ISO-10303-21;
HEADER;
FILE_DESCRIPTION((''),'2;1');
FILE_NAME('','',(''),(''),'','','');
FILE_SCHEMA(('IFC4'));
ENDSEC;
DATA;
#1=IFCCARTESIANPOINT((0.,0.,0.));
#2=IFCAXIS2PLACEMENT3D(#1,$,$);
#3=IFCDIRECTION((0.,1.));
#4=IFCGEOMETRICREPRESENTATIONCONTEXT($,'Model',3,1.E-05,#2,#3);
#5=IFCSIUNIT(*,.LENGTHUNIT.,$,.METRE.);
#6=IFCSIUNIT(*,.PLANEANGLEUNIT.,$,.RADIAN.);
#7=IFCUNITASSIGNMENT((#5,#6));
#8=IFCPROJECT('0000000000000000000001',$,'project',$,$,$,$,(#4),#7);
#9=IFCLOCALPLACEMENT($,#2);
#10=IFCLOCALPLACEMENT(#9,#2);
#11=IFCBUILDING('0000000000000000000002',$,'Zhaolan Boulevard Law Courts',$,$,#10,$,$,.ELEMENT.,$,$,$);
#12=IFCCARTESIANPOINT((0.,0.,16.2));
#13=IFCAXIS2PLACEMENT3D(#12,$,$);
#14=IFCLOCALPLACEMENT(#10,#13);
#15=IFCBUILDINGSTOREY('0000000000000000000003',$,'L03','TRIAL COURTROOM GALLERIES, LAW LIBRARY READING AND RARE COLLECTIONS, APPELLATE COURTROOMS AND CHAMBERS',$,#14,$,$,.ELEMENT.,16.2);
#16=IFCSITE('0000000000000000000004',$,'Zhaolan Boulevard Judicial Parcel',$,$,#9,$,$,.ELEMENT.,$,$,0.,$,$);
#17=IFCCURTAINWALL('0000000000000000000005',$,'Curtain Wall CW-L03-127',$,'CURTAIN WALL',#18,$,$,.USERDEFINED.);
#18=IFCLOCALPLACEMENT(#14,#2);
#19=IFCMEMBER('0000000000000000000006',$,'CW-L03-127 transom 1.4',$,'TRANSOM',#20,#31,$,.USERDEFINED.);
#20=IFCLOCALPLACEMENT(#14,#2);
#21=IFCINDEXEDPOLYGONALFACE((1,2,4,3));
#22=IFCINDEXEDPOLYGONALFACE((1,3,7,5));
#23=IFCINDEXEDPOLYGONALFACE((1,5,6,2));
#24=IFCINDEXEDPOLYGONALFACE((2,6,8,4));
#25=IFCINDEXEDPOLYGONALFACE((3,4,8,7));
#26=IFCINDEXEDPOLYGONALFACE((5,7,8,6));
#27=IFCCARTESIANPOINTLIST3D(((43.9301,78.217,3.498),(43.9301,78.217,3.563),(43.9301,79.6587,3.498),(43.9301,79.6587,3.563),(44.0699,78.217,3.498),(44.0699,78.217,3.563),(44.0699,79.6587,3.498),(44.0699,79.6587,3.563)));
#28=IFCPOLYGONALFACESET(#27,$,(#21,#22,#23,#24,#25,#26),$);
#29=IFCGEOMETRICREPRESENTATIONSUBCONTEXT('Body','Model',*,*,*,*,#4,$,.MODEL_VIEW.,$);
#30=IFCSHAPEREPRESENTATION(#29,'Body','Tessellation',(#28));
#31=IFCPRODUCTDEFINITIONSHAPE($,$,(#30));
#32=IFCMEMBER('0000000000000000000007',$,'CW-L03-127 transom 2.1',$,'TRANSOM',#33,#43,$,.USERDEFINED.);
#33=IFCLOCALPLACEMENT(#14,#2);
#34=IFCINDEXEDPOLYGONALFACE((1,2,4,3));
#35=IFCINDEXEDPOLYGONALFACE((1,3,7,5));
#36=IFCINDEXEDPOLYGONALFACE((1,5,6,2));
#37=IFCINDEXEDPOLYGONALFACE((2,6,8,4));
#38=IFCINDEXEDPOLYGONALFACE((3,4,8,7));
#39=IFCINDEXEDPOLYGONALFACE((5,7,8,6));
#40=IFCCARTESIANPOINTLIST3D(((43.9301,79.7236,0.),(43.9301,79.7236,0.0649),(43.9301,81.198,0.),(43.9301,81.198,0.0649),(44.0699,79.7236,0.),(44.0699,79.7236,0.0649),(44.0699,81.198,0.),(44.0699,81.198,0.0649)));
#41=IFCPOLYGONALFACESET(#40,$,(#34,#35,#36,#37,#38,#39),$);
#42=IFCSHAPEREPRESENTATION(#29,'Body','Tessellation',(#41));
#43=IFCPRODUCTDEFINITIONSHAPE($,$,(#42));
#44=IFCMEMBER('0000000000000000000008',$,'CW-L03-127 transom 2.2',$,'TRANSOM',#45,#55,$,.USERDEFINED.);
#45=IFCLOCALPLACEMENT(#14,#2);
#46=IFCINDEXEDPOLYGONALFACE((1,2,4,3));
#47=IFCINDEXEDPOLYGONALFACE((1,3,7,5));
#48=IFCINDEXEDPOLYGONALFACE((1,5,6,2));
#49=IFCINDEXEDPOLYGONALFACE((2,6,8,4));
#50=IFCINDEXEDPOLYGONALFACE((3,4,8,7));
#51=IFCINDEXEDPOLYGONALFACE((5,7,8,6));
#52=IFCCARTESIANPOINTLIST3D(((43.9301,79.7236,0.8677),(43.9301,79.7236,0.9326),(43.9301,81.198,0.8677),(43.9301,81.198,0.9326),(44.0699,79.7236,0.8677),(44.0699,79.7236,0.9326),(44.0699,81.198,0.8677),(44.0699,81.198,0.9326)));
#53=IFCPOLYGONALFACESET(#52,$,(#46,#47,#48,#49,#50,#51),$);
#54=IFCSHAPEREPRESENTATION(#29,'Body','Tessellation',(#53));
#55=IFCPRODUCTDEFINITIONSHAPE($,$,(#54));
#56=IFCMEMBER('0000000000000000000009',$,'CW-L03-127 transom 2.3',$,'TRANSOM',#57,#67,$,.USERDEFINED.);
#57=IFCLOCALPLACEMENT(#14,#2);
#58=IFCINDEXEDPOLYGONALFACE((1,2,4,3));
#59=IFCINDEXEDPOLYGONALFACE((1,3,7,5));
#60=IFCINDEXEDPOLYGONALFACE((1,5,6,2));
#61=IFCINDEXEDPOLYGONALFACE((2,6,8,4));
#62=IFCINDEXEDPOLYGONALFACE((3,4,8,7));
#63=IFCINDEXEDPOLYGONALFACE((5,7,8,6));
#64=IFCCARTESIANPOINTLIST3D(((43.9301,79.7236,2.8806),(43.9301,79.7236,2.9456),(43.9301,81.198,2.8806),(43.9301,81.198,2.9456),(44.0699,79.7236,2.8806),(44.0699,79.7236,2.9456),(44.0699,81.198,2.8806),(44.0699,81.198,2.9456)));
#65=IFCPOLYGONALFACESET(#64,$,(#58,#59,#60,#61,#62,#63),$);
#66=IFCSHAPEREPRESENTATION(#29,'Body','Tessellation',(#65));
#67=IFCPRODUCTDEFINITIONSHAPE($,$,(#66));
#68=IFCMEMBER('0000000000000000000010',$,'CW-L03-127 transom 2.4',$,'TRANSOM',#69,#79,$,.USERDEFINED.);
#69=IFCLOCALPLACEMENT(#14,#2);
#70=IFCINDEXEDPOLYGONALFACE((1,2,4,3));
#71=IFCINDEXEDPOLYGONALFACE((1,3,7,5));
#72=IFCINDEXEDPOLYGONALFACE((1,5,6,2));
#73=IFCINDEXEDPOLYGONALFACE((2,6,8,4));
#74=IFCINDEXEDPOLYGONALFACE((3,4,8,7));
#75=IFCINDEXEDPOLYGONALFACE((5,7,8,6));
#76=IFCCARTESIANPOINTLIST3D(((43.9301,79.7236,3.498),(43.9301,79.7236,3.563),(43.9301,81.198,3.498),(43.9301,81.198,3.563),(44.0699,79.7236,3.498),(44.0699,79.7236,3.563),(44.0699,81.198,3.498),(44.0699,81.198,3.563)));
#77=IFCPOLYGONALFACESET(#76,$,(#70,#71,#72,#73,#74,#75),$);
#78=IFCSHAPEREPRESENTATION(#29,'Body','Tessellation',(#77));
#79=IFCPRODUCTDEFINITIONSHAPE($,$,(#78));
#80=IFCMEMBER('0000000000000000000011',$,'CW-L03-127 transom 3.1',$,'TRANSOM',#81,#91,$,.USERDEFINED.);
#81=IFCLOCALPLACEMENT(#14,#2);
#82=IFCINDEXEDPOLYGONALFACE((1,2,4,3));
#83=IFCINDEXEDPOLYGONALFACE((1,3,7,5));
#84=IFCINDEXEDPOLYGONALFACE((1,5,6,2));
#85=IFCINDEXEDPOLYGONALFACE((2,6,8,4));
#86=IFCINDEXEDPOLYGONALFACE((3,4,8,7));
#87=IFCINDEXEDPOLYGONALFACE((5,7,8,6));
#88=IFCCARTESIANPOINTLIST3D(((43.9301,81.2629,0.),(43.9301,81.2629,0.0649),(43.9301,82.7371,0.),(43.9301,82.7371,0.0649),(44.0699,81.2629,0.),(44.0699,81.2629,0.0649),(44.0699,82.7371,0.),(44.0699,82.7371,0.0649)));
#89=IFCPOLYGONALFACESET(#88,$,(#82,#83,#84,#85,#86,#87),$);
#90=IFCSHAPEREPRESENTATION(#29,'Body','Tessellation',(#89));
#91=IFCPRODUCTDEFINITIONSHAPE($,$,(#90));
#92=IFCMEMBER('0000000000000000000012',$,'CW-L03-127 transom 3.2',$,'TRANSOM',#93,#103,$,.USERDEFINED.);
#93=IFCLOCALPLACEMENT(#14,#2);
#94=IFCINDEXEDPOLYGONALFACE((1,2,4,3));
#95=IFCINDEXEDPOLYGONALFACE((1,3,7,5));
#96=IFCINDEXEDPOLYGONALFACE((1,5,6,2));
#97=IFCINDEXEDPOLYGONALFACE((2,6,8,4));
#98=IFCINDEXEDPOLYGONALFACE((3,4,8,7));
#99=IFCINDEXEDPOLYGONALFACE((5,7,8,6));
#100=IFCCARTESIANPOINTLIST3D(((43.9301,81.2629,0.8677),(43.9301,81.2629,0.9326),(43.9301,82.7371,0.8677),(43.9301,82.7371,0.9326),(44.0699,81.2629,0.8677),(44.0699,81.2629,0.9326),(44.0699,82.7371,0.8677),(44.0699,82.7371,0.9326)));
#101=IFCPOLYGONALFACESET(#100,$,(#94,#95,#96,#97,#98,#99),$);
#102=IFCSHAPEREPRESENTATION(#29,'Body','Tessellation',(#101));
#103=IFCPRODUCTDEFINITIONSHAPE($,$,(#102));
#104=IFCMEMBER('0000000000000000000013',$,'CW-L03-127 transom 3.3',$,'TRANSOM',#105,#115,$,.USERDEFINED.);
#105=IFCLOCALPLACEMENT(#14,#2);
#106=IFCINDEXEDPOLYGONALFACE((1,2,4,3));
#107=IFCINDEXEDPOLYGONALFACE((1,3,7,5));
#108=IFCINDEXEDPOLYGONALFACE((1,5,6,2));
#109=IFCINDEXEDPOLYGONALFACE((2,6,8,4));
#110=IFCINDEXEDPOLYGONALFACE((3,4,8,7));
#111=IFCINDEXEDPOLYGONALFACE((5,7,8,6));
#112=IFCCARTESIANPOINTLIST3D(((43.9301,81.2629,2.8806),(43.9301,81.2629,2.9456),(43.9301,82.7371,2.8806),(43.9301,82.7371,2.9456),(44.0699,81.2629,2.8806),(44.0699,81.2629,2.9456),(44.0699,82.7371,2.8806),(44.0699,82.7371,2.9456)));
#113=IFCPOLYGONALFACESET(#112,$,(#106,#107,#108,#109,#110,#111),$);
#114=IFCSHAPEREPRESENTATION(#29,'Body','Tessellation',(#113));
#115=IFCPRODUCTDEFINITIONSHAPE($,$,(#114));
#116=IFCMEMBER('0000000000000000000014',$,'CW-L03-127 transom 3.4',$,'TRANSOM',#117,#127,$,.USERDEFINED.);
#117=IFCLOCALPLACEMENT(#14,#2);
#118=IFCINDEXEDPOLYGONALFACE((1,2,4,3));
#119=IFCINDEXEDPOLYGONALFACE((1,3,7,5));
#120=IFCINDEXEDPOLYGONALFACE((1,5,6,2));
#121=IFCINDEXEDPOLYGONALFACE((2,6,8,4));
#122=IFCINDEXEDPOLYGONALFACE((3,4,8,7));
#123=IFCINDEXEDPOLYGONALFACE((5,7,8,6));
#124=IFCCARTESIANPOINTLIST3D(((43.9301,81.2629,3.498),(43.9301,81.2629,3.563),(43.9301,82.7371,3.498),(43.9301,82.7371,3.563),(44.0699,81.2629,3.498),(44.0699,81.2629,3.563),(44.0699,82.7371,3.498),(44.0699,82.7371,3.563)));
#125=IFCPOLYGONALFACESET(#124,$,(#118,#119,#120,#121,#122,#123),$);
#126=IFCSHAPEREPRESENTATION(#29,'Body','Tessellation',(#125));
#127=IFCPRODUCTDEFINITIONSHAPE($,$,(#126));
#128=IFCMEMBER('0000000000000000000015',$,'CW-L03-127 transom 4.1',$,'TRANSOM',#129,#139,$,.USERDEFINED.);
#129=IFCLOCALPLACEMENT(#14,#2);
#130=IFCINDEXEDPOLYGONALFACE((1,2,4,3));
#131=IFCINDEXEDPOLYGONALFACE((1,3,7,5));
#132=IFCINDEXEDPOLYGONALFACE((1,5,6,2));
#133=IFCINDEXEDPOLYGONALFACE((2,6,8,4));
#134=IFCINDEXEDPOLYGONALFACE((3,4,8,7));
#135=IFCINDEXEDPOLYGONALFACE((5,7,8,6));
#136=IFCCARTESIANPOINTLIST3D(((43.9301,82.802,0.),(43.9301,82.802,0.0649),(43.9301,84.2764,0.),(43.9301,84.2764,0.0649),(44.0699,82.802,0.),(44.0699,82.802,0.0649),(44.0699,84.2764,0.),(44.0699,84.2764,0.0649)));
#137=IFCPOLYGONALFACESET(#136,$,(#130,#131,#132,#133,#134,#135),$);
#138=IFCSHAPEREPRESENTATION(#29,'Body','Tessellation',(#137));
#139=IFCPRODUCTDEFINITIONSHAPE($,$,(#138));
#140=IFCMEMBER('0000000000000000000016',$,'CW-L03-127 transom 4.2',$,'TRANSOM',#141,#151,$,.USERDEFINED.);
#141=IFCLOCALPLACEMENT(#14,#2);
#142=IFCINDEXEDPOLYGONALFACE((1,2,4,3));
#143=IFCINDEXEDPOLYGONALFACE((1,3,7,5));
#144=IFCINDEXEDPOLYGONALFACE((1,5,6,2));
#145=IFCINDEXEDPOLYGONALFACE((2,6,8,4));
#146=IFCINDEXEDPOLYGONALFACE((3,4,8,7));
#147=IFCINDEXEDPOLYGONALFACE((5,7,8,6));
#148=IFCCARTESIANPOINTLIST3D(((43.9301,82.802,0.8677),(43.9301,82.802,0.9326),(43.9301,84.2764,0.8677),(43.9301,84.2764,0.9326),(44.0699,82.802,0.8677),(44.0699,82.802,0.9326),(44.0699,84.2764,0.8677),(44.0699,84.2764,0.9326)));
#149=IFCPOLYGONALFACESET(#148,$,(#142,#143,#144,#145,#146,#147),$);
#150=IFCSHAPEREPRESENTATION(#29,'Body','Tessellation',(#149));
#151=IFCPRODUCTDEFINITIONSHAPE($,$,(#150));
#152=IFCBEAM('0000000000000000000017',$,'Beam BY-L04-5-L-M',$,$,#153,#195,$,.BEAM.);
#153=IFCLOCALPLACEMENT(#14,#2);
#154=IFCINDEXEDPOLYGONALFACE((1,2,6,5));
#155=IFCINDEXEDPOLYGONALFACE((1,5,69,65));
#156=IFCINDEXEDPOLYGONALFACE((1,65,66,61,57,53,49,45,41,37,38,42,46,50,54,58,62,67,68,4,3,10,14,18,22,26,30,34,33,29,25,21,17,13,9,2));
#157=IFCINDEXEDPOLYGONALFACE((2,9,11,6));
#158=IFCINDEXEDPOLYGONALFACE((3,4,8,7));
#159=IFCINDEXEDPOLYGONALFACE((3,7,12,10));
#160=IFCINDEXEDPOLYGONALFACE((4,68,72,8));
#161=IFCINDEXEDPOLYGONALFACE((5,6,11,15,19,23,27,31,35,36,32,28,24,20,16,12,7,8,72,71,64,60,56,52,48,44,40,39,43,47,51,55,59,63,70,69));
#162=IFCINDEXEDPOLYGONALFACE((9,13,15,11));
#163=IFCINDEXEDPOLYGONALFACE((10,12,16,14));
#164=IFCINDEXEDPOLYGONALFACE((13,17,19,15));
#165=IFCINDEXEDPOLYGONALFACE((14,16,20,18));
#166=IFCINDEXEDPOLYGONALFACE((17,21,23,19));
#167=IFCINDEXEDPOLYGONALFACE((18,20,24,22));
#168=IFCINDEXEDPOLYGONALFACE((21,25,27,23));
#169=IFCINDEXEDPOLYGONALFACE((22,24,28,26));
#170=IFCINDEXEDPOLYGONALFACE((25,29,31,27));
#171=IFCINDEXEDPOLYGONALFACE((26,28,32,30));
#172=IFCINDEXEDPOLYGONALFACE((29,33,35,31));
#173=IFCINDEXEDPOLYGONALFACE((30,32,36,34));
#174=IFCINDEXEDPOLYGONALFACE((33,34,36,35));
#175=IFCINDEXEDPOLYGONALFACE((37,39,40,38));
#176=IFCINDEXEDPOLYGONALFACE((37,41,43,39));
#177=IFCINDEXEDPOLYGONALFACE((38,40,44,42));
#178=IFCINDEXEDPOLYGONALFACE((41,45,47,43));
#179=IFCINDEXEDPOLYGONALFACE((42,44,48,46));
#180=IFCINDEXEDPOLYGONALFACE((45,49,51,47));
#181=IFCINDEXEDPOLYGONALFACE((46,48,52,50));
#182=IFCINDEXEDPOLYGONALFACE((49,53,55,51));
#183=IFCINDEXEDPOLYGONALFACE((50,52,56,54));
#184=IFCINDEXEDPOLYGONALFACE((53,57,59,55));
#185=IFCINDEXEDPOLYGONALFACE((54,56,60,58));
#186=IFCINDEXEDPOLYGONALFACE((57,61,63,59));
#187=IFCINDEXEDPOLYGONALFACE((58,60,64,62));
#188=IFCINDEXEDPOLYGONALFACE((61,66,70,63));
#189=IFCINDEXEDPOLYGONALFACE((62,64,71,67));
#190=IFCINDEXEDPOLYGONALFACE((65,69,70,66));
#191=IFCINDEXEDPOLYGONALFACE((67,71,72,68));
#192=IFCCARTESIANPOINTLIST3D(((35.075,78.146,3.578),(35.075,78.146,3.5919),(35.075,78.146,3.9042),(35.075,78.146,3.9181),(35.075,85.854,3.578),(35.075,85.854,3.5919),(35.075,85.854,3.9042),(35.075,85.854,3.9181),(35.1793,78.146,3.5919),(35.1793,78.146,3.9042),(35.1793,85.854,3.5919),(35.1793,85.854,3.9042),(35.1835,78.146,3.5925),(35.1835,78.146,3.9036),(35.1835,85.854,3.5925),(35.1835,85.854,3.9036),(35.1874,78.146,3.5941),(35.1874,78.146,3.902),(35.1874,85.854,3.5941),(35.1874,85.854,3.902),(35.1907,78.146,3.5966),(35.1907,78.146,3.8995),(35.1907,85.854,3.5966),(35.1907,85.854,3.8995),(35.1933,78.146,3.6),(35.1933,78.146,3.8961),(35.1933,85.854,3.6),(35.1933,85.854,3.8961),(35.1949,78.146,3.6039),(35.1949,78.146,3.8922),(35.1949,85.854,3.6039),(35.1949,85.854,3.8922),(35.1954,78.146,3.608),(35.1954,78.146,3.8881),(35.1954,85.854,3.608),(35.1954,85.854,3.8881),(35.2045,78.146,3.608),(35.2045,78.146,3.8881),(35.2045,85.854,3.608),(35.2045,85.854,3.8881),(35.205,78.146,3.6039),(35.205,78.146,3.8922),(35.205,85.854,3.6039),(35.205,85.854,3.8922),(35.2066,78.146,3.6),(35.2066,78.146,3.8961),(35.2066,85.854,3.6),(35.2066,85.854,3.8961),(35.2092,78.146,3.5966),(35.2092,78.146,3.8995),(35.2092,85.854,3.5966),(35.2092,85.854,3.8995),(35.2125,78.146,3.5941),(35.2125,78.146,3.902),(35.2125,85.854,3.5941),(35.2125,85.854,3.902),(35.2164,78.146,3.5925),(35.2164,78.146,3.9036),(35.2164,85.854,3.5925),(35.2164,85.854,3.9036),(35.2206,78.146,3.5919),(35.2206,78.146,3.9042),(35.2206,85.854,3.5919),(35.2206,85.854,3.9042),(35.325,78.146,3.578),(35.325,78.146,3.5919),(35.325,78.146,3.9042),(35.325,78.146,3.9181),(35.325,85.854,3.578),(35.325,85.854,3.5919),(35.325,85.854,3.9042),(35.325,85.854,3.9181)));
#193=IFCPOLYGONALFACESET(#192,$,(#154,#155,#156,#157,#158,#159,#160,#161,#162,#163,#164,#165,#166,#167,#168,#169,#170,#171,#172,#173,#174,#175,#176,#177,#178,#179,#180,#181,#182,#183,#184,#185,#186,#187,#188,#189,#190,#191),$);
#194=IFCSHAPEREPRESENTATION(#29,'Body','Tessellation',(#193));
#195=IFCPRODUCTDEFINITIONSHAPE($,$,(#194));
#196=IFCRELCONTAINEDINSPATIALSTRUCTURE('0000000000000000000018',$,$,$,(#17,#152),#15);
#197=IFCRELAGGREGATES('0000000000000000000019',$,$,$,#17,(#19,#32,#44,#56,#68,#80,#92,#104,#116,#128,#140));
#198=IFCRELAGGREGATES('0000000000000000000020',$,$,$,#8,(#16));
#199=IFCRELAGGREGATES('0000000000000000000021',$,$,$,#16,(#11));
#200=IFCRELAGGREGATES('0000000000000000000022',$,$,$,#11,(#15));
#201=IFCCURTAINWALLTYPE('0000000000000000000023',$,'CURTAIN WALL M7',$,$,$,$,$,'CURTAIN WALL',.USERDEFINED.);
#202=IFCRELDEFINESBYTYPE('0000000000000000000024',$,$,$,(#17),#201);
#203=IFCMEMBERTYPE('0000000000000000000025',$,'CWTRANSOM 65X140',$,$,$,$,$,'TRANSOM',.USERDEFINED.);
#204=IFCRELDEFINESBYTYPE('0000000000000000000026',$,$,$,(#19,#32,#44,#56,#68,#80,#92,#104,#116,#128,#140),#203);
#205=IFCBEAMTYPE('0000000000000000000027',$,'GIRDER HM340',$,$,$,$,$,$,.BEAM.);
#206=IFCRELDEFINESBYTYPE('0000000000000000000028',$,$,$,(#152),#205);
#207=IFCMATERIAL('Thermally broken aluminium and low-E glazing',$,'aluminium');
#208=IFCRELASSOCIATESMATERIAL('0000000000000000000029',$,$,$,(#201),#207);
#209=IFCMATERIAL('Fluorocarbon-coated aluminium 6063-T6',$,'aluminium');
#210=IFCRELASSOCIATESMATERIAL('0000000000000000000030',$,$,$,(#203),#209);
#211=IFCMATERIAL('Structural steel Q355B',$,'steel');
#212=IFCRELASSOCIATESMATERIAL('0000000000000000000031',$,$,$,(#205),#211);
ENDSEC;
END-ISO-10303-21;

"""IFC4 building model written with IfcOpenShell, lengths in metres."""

from ifc_helpers import new_model, si_unit, direction, frame, origin, origin_2d, place, context, subcontext, project, spatial, rectangle, i_section, extrude, material, material_profile, profile_set, type_object, element, aggregate, save


model = new_model("IFC4")

# Units and contexts
model_context = context("Model", 3, precision=1e-05, world=origin(), true_north=direction((0.0, 1.0)))
body_context = subcontext(model_context, "Body", "Model", "MODEL_VIEW")
ifc_project = project(units=[si_unit("LENGTHUNIT", "METRE"), si_unit("PLANEANGLEUNIT", "RADIAN")], contexts=[model_context])

# Site, building, storey
site_placement = place(None, origin())
site = spatial("IfcSite", under=ifc_project, at=site_placement, Name="Zhaolan Boulevard Judicial Parcel", CompositionType="ELEMENT", RefElevation=0.0)
building_placement = place(site_placement, origin())
building = spatial("IfcBuilding", under=site, at=building_placement, Name="Zhaolan Boulevard Law Courts", CompositionType="ELEMENT")
storey_placement = place(building_placement, frame((0.0, 0.0, 16.2)))
storey = spatial("IfcBuildingStorey", under=building, at=storey_placement, Name="L03", Description="TRIAL COURTROOM GALLERIES, LAW LIBRARY READING AND RARE COLLECTIONS, APPELLATE COURTROOMS AND CHAMBERS", CompositionType="ELEMENT", Elevation=16.2)

# Curtain wall, members
ifc_material_1 = material(Name="Thermally broken aluminium and low-E glazing", Category="aluminium")
curtain_wall_type = type_object("IfcCurtainWallType", Name="CURTAIN WALL M7", ElementType="CURTAIN WALL", PredefinedType="USERDEFINED", material=ifc_material_1)
curtain_wall_placement = place(storey_placement, origin())
curtain_wall = element("IfcCurtainWall", 1, at=curtain_wall_placement, inside=storey, type_object=curtain_wall_type, Name="Curtain Wall CW-L03-127", ObjectType="CURTAIN WALL", PredefinedType="USERDEFINED")
ifc_material_2 = material(Name="Fluorocarbon-coated aluminium 6063-T6", Category="aluminium")
ifc_material_profile_1 = material_profile(ifc_material_2, rectangle(XDim=0.1399, YDim=0.0649, at=origin_2d()), Name="AL65x140")
ifc_profile_set_1 = profile_set([ifc_material_profile_1], Name="Fluorocarbon-coated aluminium 6063-T6")
member_type_1 = type_object("IfcMemberType", Name="CWTRANSOM 65X140", ElementType="TRANSOM", PredefinedType="USERDEFINED", material=ifc_profile_set_1)
member_1_placement = place(storey_placement, frame((44.0, 78.217, 3.5305), z_axis=(0.0, 1.0, 0.0), x_axis=(-1.0, 0.0, 0.0)))
member_1 = element("IfcMember", 2, at=member_1_placement, type_object=member_type_1, Name="CW-L03-127 transom 1.4", ObjectType="TRANSOM", PredefinedType="USERDEFINED", context=body_context, shape_type="SweptSolid", body=[
    extrude(rectangle(XDim=0.1399, YDim=0.0649, at=origin_2d()), origin(), (0.0, 0.0, 1.0), 1.4417),
])
member_2_placement = place(storey_placement, frame((44.0, 79.7236, 0.0325), z_axis=(0.0, 1.0, 0.0), x_axis=(-1.0, 0.0, 0.0)))
member_2 = element("IfcMember", 3, at=member_2_placement, type_object=member_type_1, Name="CW-L03-127 transom 2.1", ObjectType="TRANSOM", PredefinedType="USERDEFINED", context=body_context, shape_type="SweptSolid", body=[
    extrude(rectangle(XDim=0.1399, YDim=0.0649, at=origin_2d()), origin(), (0.0, 0.0, 1.0), 1.4744),
])
member_3_placement = place(storey_placement, frame((44.0, 79.7236, 0.9001), z_axis=(0.0, 1.0, 0.0), x_axis=(-1.0, 0.0, 0.0)))
member_3 = element("IfcMember", 4, at=member_3_placement, type_object=member_type_1, Name="CW-L03-127 transom 2.2", ObjectType="TRANSOM", PredefinedType="USERDEFINED", context=body_context, shape_type="SweptSolid", body=[
    extrude(rectangle(XDim=0.1399, YDim=0.0649, at=origin_2d()), origin(), (0.0, 0.0, 1.0), 1.4744),
])
member_4_placement = place(storey_placement, frame((44.0, 79.7236, 2.9131), z_axis=(0.0, 1.0, 0.0), x_axis=(-1.0, 0.0, 0.0)))
member_4 = element("IfcMember", 5, at=member_4_placement, type_object=member_type_1, Name="CW-L03-127 transom 2.3", ObjectType="TRANSOM", PredefinedType="USERDEFINED", context=body_context, shape_type="SweptSolid", body=[
    extrude(rectangle(XDim=0.1399, YDim=0.0649, at=origin_2d()), origin(), (0.0, 0.0, 1.0), 1.4744),
])
member_5_placement = place(storey_placement, frame((44.0, 79.7236, 3.5305), z_axis=(0.0, 1.0, 0.0), x_axis=(-1.0, 0.0, 0.0)))
member_5 = element("IfcMember", 6, at=member_5_placement, type_object=member_type_1, Name="CW-L03-127 transom 2.4", ObjectType="TRANSOM", PredefinedType="USERDEFINED", context=body_context, shape_type="SweptSolid", body=[
    extrude(rectangle(XDim=0.1399, YDim=0.0649, at=origin_2d()), origin(), (0.0, 0.0, 1.0), 1.4744),
])
member_6_placement = place(storey_placement, frame((44.0, 81.2629, 0.0325), z_axis=(0.0, 1.0, 0.0), x_axis=(-1.0, 0.0, 0.0)))
member_6 = element("IfcMember", 7, at=member_6_placement, type_object=member_type_1, Name="CW-L03-127 transom 3.1", ObjectType="TRANSOM", PredefinedType="USERDEFINED", context=body_context, shape_type="SweptSolid", body=[
    extrude(rectangle(XDim=0.1399, YDim=0.0649, at=origin_2d()), origin(), (0.0, 0.0, 1.0), 1.4741),
])
member_7_placement = place(storey_placement, frame((44.0, 81.2629, 0.9001), z_axis=(0.0, 1.0, 0.0), x_axis=(-1.0, 0.0, 0.0)))
member_7 = element("IfcMember", 8, at=member_7_placement, type_object=member_type_1, Name="CW-L03-127 transom 3.2", ObjectType="TRANSOM", PredefinedType="USERDEFINED", context=body_context, shape_type="SweptSolid", body=[
    extrude(rectangle(XDim=0.1399, YDim=0.0649, at=origin_2d()), origin(), (0.0, 0.0, 1.0), 1.4741),
])
member_8_placement = place(storey_placement, frame((44.0, 81.2629, 2.9131), z_axis=(0.0, 1.0, 0.0), x_axis=(-1.0, 0.0, 0.0)))
member_8 = element("IfcMember", 9, at=member_8_placement, type_object=member_type_1, Name="CW-L03-127 transom 3.3", ObjectType="TRANSOM", PredefinedType="USERDEFINED", context=body_context, shape_type="SweptSolid", body=[
    extrude(rectangle(XDim=0.1399, YDim=0.0649, at=origin_2d()), origin(), (0.0, 0.0, 1.0), 1.4741),
])
member_9_placement = place(storey_placement, frame((44.0, 81.2629, 3.5305), z_axis=(0.0, 1.0, 0.0), x_axis=(-1.0, 0.0, 0.0)))
member_9 = element("IfcMember", 10, at=member_9_placement, type_object=member_type_1, Name="CW-L03-127 transom 3.4", ObjectType="TRANSOM", PredefinedType="USERDEFINED", context=body_context, shape_type="SweptSolid", body=[
    extrude(rectangle(XDim=0.1399, YDim=0.0649, at=origin_2d()), origin(), (0.0, 0.0, 1.0), 1.4741),
])
member_10_placement = place(storey_placement, frame((44.0, 82.802, 0.0325), z_axis=(0.0, 1.0, 0.0), x_axis=(-1.0, 0.0, 0.0)))
member_10 = element("IfcMember", 11, at=member_10_placement, type_object=member_type_1, Name="CW-L03-127 transom 4.1", ObjectType="TRANSOM", PredefinedType="USERDEFINED", context=body_context, shape_type="SweptSolid", body=[
    extrude(rectangle(XDim=0.1399, YDim=0.0649, at=origin_2d()), origin(), (0.0, 0.0, 1.0), 1.4744),
])
member_11_placement = place(storey_placement, frame((44.0, 82.802, 0.9001), z_axis=(0.0, 1.0, 0.0), x_axis=(-1.0, 0.0, 0.0)))
member_11 = element("IfcMember", 12, at=member_11_placement, type_object=member_type_1, Name="CW-L03-127 transom 4.2", ObjectType="TRANSOM", PredefinedType="USERDEFINED", context=body_context, shape_type="SweptSolid", body=[
    extrude(rectangle(XDim=0.1399, YDim=0.0649, at=origin_2d()), origin(), (0.0, 0.0, 1.0), 1.4744),
])

# Beam
ifc_material_3 = material(Name="Structural steel Q355B", Category="steel")
ifc_material_profile_2 = material_profile(ifc_material_3, i_section(OverallWidth=0.25, OverallDepth=0.3401, WebThickness=0.009, FlangeThickness=0.0139, FilletRadius=0.0161, at=origin_2d()), Name="HM340x250")
ifc_profile_set_2 = profile_set([ifc_material_profile_2], Name="Structural steel Q355B")
beam_type_1 = type_object("IfcBeamType", Name="GIRDER HM340", PredefinedType="BEAM", material=ifc_profile_set_2)
for number, where, z_axis, x_axis, name in (
    (13, (35.2, 78.146, 3.748), (0.0, 1.0, 0.0), (-1.0, 0.0, 0.0), "Beam BY-L04-5-L-M"),
):
    element("IfcBeam", number, at=place(storey_placement, frame(where, z_axis=z_axis, x_axis=x_axis)), inside=storey, type_object=beam_type_1, Name=name, PredefinedType="BEAM", context=body_context, shape_type="SweptSolid", body=[
        extrude(i_section(OverallWidth=0.25, OverallDepth=0.3401, WebThickness=0.009, FlangeThickness=0.0139, FilletRadius=0.0161, at=origin_2d()), origin(), (0.0, 0.0, 1.0), 7.708),
    ])

aggregate(curtain_wall, [member_1, member_2, member_3, member_4, member_5, member_6, member_7, member_8, member_9, member_10, member_11])

save(model, "model.ifc")
